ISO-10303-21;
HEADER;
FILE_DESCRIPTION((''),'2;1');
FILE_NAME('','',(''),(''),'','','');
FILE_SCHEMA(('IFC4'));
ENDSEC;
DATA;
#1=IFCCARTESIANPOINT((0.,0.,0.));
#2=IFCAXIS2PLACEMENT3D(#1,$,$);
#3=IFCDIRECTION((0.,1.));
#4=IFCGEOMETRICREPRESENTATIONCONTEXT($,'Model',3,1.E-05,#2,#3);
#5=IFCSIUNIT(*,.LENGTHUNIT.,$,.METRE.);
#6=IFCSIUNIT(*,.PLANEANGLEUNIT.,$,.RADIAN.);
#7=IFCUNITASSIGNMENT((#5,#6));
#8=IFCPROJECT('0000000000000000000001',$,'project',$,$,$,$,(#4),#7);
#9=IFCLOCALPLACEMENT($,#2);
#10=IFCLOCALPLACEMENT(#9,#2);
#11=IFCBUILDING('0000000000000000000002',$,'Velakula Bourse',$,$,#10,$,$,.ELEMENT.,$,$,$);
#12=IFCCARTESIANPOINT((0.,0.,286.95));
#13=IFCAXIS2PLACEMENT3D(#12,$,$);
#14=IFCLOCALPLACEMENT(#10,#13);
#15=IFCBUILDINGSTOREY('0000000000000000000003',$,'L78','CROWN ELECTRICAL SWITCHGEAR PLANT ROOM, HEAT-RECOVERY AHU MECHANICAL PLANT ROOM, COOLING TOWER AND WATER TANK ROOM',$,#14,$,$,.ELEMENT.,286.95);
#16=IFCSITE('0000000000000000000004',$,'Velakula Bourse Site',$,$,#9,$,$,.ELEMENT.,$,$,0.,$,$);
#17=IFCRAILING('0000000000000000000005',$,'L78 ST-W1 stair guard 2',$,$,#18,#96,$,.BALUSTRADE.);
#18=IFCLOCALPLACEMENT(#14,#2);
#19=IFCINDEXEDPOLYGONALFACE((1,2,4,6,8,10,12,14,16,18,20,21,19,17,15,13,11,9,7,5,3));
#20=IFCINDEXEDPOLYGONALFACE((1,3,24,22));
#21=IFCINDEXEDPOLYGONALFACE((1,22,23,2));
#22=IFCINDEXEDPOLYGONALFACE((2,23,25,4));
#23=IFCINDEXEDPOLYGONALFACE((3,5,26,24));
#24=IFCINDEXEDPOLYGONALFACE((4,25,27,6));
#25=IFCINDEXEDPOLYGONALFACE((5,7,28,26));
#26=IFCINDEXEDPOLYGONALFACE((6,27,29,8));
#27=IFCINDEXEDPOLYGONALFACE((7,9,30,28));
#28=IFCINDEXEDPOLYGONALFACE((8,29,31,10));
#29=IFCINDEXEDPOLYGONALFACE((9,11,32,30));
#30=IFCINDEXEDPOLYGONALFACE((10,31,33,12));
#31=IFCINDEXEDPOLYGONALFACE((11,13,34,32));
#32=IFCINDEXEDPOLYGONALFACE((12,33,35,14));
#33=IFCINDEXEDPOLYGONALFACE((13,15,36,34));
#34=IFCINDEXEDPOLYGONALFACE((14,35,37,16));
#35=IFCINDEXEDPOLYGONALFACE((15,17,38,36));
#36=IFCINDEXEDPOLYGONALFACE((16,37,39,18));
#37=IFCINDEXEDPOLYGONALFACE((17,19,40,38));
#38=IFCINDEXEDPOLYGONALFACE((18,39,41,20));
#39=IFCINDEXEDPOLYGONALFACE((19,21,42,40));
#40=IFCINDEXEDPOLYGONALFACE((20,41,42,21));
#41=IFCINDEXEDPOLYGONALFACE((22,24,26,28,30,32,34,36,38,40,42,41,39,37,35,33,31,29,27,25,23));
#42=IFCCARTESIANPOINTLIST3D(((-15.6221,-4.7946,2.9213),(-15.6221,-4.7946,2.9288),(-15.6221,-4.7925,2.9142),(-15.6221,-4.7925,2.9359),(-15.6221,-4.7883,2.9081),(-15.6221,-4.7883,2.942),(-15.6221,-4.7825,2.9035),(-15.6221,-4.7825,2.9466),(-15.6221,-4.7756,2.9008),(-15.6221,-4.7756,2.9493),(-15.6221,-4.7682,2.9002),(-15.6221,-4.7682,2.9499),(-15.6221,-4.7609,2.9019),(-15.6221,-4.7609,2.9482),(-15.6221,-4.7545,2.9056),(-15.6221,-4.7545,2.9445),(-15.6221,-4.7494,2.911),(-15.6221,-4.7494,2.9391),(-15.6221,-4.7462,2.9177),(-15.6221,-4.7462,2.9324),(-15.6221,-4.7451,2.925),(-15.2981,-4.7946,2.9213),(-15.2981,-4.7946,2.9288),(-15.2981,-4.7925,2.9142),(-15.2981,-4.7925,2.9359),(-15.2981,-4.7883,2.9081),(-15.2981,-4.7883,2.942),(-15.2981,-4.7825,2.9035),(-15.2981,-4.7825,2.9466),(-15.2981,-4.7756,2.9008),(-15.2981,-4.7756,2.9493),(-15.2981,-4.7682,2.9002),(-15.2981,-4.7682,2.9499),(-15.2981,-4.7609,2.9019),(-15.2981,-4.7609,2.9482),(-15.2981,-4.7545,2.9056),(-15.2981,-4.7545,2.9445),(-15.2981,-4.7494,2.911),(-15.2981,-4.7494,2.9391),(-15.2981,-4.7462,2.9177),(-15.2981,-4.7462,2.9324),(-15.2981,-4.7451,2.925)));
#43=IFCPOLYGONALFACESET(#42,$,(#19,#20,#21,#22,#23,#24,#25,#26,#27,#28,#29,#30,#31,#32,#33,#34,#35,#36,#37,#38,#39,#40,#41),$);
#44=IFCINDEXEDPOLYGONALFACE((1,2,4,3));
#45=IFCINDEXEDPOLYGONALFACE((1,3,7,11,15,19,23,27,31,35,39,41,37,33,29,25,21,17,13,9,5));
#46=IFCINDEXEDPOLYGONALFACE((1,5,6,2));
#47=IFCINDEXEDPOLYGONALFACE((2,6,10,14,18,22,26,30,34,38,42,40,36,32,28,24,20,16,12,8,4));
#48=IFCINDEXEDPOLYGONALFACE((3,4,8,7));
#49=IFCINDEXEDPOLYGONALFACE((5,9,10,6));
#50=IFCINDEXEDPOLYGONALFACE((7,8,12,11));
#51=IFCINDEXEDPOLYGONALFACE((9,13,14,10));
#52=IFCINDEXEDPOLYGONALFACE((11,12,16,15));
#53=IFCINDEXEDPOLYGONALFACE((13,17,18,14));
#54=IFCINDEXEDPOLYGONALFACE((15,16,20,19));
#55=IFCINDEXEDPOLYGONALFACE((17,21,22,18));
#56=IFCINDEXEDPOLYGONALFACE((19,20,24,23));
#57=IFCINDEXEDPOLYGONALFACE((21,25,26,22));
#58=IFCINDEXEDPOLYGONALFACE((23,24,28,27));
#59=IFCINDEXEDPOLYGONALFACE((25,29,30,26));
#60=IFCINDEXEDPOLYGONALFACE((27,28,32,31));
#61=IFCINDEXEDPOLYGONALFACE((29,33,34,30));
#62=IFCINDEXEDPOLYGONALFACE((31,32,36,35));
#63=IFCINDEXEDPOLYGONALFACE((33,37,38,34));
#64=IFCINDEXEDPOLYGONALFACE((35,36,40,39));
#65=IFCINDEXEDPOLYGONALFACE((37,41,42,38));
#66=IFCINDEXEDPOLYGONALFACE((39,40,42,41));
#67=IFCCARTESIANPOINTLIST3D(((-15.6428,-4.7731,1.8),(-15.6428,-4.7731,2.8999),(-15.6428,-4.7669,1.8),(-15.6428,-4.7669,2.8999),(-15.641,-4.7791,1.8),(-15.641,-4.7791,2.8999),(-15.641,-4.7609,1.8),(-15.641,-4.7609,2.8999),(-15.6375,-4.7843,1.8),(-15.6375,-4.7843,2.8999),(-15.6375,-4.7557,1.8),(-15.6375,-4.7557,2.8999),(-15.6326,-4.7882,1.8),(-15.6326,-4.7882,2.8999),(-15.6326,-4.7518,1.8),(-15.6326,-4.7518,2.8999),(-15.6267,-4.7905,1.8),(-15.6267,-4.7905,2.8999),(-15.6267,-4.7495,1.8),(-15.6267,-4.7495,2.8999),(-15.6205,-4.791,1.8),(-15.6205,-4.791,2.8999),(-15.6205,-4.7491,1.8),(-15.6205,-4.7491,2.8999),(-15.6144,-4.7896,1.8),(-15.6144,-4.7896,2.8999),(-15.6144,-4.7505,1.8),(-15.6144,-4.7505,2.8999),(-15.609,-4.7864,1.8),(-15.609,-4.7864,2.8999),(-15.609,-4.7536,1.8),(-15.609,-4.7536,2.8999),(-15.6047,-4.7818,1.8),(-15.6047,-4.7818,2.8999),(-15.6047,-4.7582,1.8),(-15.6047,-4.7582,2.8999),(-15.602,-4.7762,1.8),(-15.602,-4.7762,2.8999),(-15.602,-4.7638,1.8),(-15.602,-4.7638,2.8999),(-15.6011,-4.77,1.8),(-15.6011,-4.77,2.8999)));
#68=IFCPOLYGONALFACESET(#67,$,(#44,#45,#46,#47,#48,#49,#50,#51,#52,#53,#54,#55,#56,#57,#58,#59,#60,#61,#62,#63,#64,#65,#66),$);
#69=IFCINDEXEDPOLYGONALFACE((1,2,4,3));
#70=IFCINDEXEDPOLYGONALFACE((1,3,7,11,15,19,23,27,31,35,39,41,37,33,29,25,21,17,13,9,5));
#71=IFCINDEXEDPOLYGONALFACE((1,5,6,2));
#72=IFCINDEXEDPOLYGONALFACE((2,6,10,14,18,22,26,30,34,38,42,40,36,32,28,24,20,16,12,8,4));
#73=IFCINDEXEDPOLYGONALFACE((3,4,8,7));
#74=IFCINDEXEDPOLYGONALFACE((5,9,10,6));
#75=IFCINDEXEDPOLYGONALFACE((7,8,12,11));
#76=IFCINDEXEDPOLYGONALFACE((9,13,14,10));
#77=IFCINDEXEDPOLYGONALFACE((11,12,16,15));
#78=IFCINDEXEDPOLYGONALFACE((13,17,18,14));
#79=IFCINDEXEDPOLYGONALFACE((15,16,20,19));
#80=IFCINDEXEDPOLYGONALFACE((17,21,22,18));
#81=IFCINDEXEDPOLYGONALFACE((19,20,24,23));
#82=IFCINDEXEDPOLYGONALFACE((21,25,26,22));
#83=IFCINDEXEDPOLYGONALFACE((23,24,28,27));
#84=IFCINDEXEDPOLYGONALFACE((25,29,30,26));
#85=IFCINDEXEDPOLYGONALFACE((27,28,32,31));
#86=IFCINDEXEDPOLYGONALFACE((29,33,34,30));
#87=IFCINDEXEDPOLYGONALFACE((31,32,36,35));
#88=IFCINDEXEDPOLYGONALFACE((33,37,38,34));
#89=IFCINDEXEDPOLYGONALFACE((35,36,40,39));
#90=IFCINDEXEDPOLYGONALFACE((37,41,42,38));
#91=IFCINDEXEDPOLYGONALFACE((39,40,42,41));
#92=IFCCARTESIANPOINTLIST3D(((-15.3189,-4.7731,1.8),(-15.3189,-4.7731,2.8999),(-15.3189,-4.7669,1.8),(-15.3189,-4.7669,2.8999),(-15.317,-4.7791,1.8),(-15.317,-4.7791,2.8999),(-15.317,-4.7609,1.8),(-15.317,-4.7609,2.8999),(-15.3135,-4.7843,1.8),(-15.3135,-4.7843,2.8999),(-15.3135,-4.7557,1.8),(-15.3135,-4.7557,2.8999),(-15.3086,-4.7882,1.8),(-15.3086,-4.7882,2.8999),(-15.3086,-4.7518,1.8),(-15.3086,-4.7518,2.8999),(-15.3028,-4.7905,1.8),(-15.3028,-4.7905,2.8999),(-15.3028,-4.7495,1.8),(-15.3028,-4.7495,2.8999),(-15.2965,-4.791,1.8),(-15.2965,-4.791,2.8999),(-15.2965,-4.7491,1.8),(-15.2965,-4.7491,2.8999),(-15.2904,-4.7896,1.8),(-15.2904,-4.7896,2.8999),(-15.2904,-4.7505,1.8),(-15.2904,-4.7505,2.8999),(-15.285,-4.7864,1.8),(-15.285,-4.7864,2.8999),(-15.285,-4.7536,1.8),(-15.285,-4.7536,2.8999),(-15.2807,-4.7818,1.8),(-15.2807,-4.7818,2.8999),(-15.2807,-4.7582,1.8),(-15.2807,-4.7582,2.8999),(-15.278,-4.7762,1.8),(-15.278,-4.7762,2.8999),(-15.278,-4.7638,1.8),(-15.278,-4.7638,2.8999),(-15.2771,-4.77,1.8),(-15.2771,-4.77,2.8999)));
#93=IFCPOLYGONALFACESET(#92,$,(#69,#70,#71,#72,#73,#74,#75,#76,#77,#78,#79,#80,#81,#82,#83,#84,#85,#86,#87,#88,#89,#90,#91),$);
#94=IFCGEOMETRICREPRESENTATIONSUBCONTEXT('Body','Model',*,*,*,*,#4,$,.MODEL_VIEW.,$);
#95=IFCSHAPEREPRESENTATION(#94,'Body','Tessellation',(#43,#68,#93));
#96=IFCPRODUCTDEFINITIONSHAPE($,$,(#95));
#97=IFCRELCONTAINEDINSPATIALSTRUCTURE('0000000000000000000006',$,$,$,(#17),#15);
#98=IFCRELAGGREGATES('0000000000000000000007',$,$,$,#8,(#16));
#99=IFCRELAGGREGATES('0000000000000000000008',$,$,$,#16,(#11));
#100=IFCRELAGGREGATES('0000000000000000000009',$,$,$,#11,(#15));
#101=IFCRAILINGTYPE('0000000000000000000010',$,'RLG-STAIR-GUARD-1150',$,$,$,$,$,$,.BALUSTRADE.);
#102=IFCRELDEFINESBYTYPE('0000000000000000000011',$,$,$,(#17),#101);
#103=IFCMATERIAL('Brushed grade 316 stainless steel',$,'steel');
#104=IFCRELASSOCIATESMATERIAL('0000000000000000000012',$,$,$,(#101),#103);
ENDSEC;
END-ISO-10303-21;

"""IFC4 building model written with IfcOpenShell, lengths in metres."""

from ifc_helpers import new_model, si_unit, direction, frame, origin, origin_2d, place, context, subcontext, project, spatial, circle, extrude, material, type_object, element, save


model = new_model("IFC4")

# Units and contexts
model_context = context("Model", 3, precision=1e-05, world=origin(), true_north=direction((0.0, 1.0)))
body_context = subcontext(model_context, "Body", "Model", "MODEL_VIEW")
ifc_project = project(units=[si_unit("LENGTHUNIT", "METRE"), si_unit("PLANEANGLEUNIT", "RADIAN")], contexts=[model_context])

# Site, building, storey
site_placement = place(None, origin())
site = spatial("IfcSite", under=ifc_project, at=site_placement, Name="Velakula Bourse Site", CompositionType="ELEMENT", RefElevation=0.0)
building_placement = place(site_placement, origin())
building = spatial("IfcBuilding", under=site, at=building_placement, Name="Velakula Bourse", CompositionType="ELEMENT")
storey_placement = place(building_placement, frame((0.0, 0.0, 286.95)))
storey = spatial("IfcBuildingStorey", under=building, at=storey_placement, Name="L78", Description="CROWN ELECTRICAL SWITCHGEAR PLANT ROOM, HEAT-RECOVERY AHU MECHANICAL PLANT ROOM, COOLING TOWER AND WATER TANK ROOM", CompositionType="ELEMENT", Elevation=286.95)

# Railing
ifc_material_1 = material(Name="Brushed grade 316 stainless steel", Category="steel")
railing_type_1 = type_object("IfcRailingType", Name="RLG-STAIR-GUARD-1150", PredefinedType="BALUSTRADE", material=ifc_material_1)
railing_1_placement = place(storey_placement, frame((-15.6221, -4.77, 1.8)))
element("IfcRailing", 1, at=railing_1_placement, inside=storey, type_object=railing_type_1, Name="L78 ST-W1 stair guard 2", PredefinedType="BALUSTRADE", context=body_context, shape_type="SweptSolid", body=[
    extrude(circle(Radius=0.0249, at=origin_2d()), frame((0.0, 0.0, 1.125), z_axis=(1.0, 0.0, 0.0), x_axis=(0.0, 1.0, 0.0)), (0.0, 0.0, 1.0), 0.324),
    extrude(circle(Radius=0.021, at=origin_2d()), origin(), (0.0, 0.0, 1.0), 1.0999),
    extrude(circle(Radius=0.021, at=origin_2d()), frame((0.324, 0.0, 0.0)), (0.0, 0.0, 1.0), 1.0999),
])

save(model, "model.ifc")
